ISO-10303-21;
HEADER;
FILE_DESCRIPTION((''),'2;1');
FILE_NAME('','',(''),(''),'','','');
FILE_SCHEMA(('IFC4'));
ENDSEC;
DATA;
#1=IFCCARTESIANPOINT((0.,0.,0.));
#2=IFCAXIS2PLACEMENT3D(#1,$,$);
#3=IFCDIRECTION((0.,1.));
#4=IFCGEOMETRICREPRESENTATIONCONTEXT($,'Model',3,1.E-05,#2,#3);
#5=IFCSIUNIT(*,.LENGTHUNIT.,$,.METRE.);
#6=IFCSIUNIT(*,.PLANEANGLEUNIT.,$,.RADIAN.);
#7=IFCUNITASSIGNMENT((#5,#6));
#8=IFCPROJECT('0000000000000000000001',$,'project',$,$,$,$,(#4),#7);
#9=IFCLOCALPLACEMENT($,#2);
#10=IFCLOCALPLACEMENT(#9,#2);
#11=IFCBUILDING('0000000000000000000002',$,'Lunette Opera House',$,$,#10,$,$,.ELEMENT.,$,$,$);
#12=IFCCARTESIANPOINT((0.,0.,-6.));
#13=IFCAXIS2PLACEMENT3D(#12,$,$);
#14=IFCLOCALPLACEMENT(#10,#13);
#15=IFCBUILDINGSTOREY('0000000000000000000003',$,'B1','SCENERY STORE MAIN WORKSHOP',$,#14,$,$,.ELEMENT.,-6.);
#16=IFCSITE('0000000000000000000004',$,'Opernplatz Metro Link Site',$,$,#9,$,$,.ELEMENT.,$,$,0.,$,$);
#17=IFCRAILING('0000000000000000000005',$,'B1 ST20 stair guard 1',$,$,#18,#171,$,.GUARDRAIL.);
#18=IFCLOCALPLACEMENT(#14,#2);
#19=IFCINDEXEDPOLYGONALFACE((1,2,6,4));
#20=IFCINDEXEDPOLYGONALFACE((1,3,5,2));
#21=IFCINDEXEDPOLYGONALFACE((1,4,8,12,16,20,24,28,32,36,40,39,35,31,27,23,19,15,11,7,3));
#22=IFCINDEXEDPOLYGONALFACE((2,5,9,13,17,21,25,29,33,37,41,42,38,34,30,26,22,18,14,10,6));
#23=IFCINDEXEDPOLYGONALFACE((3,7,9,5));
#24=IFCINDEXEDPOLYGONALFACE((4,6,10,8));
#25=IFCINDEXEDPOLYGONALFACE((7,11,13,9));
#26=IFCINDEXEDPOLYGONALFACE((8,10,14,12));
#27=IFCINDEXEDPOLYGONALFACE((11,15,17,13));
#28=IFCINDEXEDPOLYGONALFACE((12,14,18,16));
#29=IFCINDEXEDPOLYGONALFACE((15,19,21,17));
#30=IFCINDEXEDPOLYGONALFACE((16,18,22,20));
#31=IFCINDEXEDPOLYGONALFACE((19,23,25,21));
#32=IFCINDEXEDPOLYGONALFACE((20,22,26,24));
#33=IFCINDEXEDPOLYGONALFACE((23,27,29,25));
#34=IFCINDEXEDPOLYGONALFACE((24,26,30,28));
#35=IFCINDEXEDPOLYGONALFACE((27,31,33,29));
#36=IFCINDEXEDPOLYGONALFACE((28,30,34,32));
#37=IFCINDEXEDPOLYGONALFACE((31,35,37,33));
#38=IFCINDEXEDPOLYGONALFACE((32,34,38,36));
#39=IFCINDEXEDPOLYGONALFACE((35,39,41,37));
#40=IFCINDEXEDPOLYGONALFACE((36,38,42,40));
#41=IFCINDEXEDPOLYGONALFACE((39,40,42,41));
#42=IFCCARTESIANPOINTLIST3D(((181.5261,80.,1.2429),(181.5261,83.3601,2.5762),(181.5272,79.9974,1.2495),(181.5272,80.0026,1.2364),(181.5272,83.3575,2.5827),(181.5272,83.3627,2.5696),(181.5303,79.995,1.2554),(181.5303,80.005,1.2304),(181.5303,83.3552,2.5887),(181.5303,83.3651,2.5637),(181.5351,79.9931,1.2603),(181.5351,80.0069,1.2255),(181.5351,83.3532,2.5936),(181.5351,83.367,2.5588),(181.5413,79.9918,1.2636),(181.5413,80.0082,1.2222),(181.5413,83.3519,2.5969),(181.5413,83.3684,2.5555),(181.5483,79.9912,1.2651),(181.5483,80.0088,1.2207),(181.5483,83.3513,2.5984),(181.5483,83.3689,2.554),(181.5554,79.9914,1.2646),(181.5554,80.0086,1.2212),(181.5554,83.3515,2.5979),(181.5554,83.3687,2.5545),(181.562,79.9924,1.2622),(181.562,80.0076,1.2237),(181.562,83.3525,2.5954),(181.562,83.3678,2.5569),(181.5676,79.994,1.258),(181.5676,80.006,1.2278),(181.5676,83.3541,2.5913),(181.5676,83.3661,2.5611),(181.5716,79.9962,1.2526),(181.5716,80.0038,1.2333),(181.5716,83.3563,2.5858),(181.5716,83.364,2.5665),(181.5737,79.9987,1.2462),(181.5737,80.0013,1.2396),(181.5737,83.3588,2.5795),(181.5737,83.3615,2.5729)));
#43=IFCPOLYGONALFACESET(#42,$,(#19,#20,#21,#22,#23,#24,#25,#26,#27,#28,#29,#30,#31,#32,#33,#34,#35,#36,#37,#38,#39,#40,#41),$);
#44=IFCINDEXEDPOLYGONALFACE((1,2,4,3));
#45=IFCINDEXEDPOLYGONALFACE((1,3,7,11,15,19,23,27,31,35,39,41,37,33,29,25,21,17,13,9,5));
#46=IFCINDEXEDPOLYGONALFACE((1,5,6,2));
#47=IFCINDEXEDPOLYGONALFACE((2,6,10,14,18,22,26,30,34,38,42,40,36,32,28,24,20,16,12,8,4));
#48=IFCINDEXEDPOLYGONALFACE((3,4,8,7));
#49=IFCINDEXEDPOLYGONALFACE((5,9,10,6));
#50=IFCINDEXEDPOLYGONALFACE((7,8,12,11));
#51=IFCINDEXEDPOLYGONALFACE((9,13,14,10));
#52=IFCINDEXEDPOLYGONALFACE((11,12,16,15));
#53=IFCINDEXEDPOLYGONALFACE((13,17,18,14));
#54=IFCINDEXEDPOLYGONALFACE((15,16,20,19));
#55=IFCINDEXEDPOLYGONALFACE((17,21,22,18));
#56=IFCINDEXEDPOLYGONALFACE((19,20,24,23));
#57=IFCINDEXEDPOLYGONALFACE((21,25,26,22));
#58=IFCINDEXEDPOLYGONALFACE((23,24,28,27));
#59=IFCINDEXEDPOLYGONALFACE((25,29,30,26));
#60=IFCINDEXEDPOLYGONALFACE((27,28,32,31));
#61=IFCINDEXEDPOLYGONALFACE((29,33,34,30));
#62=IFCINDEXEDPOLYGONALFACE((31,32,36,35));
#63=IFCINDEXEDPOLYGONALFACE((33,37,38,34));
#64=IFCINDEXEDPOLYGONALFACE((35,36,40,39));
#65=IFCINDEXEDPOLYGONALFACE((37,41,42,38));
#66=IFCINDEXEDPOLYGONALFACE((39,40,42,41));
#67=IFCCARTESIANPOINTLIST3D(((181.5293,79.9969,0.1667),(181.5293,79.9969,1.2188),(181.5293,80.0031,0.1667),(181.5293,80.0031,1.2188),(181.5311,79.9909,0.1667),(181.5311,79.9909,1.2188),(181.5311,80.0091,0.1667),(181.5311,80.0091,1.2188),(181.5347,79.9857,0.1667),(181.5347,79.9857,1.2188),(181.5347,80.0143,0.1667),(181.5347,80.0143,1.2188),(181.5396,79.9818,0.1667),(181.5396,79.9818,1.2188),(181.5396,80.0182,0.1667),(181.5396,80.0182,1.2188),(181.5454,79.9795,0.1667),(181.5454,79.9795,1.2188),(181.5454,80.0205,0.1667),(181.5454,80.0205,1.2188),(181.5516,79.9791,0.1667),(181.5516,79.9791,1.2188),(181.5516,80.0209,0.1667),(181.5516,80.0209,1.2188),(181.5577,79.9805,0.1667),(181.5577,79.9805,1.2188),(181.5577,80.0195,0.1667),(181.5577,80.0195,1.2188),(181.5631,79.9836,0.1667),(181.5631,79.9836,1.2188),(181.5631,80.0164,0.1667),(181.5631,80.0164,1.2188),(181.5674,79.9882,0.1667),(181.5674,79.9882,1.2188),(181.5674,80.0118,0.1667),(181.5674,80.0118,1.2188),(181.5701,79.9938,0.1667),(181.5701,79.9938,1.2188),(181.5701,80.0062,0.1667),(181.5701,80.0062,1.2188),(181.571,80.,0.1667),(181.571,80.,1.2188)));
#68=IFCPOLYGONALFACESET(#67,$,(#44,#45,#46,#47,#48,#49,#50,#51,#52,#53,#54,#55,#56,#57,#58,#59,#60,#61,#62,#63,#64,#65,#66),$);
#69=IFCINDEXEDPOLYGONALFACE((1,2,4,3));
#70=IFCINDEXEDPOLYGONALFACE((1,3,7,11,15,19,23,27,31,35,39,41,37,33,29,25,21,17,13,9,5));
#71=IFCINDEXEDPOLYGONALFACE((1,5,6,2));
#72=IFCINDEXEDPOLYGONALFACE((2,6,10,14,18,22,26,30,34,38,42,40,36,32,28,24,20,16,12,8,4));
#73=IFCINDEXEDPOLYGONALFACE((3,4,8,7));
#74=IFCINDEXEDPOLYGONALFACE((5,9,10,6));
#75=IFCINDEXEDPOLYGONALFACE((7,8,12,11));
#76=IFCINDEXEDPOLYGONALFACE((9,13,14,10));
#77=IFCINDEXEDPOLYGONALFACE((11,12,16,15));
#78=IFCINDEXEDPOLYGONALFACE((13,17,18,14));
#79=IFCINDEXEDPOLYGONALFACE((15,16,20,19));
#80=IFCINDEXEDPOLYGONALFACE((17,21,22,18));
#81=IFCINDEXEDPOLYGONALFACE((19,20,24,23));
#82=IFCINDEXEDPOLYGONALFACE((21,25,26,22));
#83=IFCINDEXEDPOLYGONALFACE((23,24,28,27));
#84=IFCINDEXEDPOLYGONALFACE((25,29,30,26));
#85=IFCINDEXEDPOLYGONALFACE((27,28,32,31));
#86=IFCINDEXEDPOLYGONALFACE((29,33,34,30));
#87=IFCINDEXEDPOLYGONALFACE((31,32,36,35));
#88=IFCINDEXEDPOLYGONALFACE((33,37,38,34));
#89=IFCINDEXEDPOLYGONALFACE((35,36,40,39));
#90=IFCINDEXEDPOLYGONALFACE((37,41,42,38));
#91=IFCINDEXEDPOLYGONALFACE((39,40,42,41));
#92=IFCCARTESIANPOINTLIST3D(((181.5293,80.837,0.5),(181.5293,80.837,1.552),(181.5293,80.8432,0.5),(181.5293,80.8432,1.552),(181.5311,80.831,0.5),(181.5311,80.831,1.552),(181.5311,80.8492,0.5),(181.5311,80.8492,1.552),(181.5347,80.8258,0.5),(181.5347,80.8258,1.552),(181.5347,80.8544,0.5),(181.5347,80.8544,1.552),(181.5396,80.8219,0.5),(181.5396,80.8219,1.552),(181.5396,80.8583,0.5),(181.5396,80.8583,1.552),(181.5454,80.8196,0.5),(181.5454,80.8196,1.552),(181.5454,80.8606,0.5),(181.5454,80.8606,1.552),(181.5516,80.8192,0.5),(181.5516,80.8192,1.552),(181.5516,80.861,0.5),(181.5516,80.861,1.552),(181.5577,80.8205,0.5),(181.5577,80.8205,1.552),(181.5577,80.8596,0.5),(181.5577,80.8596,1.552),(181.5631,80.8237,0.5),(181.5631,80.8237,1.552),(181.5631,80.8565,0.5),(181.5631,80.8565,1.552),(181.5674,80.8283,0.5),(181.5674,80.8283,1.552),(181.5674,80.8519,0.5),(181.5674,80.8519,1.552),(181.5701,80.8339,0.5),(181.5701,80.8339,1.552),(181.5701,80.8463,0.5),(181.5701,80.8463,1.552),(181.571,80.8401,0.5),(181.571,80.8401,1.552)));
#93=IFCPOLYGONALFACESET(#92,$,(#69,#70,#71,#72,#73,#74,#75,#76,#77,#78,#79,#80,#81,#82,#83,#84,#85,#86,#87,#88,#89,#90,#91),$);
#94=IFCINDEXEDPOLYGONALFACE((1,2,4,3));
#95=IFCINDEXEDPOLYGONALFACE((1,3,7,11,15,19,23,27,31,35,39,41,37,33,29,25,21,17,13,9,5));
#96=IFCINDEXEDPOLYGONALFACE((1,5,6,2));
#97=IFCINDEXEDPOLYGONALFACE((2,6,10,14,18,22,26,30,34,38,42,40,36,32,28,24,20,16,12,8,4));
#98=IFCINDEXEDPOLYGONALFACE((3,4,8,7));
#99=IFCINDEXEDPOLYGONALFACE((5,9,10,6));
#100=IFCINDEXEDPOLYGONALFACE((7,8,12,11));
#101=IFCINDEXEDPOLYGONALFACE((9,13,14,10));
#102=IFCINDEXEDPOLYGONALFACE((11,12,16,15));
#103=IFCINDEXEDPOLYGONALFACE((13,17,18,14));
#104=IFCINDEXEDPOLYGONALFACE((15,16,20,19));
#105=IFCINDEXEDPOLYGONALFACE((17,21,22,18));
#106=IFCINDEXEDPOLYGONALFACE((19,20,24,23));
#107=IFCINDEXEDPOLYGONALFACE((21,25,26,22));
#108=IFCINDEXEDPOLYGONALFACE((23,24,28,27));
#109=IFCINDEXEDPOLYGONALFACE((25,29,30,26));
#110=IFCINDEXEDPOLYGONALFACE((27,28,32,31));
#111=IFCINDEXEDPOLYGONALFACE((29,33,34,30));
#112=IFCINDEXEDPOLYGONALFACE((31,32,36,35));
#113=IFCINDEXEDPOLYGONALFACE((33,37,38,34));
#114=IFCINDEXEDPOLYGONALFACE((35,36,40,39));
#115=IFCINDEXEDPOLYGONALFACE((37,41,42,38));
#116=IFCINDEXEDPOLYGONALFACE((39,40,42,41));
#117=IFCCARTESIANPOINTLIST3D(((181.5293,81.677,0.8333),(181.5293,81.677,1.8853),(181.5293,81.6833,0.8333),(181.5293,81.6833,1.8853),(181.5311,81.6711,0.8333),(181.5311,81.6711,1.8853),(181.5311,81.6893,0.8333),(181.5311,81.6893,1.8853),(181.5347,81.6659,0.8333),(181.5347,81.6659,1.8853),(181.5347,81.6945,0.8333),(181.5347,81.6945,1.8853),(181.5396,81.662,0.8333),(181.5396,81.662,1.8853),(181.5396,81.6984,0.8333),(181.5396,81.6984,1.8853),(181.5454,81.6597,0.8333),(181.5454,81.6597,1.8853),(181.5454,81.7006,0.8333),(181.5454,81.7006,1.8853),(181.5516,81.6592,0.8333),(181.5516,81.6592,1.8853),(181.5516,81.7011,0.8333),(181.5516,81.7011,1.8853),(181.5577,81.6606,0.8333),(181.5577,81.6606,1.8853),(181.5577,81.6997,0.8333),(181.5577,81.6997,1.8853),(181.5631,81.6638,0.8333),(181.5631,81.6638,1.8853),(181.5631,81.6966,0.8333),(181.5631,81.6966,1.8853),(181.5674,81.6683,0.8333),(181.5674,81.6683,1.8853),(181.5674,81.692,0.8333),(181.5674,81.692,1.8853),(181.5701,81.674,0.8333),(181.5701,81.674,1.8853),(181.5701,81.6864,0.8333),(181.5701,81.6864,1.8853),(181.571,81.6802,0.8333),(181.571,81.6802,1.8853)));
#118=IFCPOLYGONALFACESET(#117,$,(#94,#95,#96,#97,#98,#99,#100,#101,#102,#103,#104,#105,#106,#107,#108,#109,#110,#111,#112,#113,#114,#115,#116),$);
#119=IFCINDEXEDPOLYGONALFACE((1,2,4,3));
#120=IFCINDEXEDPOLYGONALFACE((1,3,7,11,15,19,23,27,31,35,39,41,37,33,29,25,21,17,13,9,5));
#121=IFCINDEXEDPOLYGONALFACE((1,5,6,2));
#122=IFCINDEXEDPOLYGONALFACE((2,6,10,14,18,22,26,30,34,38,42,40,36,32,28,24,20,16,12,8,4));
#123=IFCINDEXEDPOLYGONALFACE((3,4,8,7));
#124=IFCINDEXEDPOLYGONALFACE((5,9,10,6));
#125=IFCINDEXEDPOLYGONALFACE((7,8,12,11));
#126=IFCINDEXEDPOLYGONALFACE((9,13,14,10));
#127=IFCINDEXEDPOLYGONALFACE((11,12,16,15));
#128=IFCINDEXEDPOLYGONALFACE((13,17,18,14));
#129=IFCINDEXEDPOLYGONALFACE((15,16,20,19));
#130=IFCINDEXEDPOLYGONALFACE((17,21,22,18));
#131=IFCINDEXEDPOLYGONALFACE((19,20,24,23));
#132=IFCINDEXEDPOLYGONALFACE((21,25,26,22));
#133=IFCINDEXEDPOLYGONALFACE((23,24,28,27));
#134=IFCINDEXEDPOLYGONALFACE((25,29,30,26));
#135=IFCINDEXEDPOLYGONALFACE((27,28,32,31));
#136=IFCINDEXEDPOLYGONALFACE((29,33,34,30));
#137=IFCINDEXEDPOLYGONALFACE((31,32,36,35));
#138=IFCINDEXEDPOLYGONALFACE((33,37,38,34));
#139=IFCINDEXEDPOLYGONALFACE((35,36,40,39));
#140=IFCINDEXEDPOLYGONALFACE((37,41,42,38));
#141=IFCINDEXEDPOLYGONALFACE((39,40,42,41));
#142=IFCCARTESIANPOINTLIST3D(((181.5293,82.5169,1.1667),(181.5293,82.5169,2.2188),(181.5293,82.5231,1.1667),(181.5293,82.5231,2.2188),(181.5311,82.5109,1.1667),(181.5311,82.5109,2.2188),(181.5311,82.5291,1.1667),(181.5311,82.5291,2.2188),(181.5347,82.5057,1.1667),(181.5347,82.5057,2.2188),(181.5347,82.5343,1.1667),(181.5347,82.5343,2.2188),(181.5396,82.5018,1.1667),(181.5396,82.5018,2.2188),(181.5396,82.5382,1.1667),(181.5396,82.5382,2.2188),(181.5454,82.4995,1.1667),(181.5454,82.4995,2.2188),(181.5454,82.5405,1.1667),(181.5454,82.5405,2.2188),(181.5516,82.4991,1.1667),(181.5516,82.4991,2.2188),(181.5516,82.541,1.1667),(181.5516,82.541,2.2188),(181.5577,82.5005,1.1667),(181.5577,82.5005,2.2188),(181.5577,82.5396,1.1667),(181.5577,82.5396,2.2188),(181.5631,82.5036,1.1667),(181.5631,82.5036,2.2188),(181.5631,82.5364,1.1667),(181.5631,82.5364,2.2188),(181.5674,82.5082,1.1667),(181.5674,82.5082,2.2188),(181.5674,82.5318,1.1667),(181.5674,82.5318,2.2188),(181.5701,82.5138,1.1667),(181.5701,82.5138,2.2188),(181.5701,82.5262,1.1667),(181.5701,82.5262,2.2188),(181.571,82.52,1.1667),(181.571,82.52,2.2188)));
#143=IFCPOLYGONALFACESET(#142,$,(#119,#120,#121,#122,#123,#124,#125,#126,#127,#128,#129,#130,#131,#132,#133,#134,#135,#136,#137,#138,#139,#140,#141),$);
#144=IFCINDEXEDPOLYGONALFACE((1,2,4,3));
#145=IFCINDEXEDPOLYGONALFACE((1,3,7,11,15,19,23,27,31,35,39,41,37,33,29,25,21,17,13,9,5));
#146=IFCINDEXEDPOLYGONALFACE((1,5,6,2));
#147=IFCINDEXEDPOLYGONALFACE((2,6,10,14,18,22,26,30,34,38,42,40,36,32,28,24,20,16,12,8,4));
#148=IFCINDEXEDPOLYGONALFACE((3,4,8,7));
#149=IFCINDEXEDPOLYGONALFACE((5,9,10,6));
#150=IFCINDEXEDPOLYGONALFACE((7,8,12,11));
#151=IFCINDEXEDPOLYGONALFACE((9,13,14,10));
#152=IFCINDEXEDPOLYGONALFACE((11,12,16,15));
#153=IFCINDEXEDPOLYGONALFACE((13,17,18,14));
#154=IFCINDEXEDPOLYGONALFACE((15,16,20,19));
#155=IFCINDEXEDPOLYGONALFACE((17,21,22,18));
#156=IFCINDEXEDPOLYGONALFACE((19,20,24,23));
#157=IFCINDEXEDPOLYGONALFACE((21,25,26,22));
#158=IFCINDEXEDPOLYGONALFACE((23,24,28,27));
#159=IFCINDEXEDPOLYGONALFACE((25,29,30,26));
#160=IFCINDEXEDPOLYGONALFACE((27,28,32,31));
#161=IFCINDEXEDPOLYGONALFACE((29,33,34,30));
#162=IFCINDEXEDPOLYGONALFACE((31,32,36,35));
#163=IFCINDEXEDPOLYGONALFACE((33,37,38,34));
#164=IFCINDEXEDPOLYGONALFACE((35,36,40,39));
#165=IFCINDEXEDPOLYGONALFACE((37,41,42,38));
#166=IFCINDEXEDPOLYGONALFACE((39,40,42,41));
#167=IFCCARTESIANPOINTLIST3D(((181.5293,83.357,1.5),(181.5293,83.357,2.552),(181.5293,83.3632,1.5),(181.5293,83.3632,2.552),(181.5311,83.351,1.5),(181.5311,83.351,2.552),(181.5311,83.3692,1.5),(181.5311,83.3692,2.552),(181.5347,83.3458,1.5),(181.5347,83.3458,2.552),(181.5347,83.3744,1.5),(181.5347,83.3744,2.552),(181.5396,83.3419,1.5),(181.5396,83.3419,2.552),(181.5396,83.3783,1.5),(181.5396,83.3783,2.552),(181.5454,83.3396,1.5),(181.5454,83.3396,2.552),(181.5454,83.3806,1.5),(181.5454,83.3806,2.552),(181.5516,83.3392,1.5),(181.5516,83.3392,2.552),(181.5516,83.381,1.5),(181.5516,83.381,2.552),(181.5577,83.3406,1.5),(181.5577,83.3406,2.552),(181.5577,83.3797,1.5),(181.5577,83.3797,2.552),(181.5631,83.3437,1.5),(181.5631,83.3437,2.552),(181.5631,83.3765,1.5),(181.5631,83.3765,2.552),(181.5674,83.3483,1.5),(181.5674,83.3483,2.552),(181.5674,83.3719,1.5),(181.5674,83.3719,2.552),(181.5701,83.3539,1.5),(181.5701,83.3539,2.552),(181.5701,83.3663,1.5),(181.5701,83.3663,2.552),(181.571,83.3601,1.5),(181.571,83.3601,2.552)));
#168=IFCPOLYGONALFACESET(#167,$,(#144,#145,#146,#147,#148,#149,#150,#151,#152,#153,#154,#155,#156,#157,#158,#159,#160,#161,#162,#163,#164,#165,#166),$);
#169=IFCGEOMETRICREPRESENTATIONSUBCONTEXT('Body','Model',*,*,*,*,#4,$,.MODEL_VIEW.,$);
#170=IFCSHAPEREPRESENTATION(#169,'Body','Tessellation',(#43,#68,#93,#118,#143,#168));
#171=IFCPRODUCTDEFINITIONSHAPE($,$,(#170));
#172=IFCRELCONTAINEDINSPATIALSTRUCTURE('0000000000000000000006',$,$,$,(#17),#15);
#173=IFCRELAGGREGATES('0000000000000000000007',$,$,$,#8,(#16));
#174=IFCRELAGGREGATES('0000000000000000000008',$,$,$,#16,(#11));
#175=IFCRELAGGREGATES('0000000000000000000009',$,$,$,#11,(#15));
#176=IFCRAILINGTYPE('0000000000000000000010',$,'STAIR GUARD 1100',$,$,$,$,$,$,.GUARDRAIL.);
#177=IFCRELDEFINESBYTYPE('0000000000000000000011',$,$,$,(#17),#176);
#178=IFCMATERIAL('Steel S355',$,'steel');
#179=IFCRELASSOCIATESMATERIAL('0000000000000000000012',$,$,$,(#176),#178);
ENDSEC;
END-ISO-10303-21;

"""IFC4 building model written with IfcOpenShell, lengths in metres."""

from ifc_helpers import new_model, si_unit, direction, frame, origin, origin_2d, place, context, subcontext, project, spatial, circle, extrude, material, type_object, element, save


model = new_model("IFC4")

# Units and contexts
model_context = context("Model", 3, precision=1e-05, world=origin(), true_north=direction((0.0, 1.0)))
body_context = subcontext(model_context, "Body", "Model", "MODEL_VIEW")
ifc_project = project(units=[si_unit("LENGTHUNIT", "METRE"), si_unit("PLANEANGLEUNIT", "RADIAN")], contexts=[model_context])

# Site, building, storey
site_placement = place(None, origin())
site = spatial("IfcSite", under=ifc_project, at=site_placement, Name="Opernplatz Metro Link Site", CompositionType="ELEMENT", RefElevation=0.0)
building_placement = place(site_placement, origin())
building = spatial("IfcBuilding", under=site, at=building_placement, Name="Lunette Opera House", CompositionType="ELEMENT")
storey_placement = place(building_placement, frame((0.0, 0.0, -6.0)))
storey = spatial("IfcBuildingStorey", under=building, at=storey_placement, Name="B1", Description="SCENERY STORE MAIN WORKSHOP", CompositionType="ELEMENT", Elevation=-6.0)

# Railing
ifc_material_1 = material(Name="Steel S355", Category="steel")
railing_type_1 = type_object("IfcRailingType", Name="STAIR GUARD 1100", PredefinedType="GUARDRAIL", material=ifc_material_1)
railing_1_placement = place(storey_placement, frame((181.55, 80.0, 0.1667)))
element("IfcRailing", 1, at=railing_1_placement, inside=storey, type_object=railing_type_1, Name="B1 ST20 stair guard 1", PredefinedType="GUARDRAIL", context=body_context, shape_type="SweptSolid", body=[
    extrude(circle(Radius=0.0239, at=origin_2d()), frame((0.0, 0.0, 1.0762), z_axis=(0.0, 0.929502, 0.368816), x_axis=(-1.0, 0.0, 0.0)), (0.0, 0.0, 1.0), 3.615),
    extrude(circle(Radius=0.021, at=origin_2d()), origin(), (0.0, 0.0, 1.0), 1.052),
    extrude(circle(Radius=0.021, at=origin_2d()), frame((0.0, 0.8401, 0.3333)), (0.0, 0.0, 1.0), 1.052),
    extrude(circle(Radius=0.021, at=origin_2d()), frame((0.0, 1.6802, 0.6665)), (0.0, 0.0, 1.0), 1.052),
    extrude(circle(Radius=0.021, at=origin_2d()), frame((0.0, 2.52, 1.0)), (0.0, 0.0, 1.0), 1.052),
    extrude(circle(Radius=0.021, at=origin_2d()), frame((0.0, 3.3601, 1.3333)), (0.0, 0.0, 1.0), 1.052),
])

save(model, "model.ifc")
